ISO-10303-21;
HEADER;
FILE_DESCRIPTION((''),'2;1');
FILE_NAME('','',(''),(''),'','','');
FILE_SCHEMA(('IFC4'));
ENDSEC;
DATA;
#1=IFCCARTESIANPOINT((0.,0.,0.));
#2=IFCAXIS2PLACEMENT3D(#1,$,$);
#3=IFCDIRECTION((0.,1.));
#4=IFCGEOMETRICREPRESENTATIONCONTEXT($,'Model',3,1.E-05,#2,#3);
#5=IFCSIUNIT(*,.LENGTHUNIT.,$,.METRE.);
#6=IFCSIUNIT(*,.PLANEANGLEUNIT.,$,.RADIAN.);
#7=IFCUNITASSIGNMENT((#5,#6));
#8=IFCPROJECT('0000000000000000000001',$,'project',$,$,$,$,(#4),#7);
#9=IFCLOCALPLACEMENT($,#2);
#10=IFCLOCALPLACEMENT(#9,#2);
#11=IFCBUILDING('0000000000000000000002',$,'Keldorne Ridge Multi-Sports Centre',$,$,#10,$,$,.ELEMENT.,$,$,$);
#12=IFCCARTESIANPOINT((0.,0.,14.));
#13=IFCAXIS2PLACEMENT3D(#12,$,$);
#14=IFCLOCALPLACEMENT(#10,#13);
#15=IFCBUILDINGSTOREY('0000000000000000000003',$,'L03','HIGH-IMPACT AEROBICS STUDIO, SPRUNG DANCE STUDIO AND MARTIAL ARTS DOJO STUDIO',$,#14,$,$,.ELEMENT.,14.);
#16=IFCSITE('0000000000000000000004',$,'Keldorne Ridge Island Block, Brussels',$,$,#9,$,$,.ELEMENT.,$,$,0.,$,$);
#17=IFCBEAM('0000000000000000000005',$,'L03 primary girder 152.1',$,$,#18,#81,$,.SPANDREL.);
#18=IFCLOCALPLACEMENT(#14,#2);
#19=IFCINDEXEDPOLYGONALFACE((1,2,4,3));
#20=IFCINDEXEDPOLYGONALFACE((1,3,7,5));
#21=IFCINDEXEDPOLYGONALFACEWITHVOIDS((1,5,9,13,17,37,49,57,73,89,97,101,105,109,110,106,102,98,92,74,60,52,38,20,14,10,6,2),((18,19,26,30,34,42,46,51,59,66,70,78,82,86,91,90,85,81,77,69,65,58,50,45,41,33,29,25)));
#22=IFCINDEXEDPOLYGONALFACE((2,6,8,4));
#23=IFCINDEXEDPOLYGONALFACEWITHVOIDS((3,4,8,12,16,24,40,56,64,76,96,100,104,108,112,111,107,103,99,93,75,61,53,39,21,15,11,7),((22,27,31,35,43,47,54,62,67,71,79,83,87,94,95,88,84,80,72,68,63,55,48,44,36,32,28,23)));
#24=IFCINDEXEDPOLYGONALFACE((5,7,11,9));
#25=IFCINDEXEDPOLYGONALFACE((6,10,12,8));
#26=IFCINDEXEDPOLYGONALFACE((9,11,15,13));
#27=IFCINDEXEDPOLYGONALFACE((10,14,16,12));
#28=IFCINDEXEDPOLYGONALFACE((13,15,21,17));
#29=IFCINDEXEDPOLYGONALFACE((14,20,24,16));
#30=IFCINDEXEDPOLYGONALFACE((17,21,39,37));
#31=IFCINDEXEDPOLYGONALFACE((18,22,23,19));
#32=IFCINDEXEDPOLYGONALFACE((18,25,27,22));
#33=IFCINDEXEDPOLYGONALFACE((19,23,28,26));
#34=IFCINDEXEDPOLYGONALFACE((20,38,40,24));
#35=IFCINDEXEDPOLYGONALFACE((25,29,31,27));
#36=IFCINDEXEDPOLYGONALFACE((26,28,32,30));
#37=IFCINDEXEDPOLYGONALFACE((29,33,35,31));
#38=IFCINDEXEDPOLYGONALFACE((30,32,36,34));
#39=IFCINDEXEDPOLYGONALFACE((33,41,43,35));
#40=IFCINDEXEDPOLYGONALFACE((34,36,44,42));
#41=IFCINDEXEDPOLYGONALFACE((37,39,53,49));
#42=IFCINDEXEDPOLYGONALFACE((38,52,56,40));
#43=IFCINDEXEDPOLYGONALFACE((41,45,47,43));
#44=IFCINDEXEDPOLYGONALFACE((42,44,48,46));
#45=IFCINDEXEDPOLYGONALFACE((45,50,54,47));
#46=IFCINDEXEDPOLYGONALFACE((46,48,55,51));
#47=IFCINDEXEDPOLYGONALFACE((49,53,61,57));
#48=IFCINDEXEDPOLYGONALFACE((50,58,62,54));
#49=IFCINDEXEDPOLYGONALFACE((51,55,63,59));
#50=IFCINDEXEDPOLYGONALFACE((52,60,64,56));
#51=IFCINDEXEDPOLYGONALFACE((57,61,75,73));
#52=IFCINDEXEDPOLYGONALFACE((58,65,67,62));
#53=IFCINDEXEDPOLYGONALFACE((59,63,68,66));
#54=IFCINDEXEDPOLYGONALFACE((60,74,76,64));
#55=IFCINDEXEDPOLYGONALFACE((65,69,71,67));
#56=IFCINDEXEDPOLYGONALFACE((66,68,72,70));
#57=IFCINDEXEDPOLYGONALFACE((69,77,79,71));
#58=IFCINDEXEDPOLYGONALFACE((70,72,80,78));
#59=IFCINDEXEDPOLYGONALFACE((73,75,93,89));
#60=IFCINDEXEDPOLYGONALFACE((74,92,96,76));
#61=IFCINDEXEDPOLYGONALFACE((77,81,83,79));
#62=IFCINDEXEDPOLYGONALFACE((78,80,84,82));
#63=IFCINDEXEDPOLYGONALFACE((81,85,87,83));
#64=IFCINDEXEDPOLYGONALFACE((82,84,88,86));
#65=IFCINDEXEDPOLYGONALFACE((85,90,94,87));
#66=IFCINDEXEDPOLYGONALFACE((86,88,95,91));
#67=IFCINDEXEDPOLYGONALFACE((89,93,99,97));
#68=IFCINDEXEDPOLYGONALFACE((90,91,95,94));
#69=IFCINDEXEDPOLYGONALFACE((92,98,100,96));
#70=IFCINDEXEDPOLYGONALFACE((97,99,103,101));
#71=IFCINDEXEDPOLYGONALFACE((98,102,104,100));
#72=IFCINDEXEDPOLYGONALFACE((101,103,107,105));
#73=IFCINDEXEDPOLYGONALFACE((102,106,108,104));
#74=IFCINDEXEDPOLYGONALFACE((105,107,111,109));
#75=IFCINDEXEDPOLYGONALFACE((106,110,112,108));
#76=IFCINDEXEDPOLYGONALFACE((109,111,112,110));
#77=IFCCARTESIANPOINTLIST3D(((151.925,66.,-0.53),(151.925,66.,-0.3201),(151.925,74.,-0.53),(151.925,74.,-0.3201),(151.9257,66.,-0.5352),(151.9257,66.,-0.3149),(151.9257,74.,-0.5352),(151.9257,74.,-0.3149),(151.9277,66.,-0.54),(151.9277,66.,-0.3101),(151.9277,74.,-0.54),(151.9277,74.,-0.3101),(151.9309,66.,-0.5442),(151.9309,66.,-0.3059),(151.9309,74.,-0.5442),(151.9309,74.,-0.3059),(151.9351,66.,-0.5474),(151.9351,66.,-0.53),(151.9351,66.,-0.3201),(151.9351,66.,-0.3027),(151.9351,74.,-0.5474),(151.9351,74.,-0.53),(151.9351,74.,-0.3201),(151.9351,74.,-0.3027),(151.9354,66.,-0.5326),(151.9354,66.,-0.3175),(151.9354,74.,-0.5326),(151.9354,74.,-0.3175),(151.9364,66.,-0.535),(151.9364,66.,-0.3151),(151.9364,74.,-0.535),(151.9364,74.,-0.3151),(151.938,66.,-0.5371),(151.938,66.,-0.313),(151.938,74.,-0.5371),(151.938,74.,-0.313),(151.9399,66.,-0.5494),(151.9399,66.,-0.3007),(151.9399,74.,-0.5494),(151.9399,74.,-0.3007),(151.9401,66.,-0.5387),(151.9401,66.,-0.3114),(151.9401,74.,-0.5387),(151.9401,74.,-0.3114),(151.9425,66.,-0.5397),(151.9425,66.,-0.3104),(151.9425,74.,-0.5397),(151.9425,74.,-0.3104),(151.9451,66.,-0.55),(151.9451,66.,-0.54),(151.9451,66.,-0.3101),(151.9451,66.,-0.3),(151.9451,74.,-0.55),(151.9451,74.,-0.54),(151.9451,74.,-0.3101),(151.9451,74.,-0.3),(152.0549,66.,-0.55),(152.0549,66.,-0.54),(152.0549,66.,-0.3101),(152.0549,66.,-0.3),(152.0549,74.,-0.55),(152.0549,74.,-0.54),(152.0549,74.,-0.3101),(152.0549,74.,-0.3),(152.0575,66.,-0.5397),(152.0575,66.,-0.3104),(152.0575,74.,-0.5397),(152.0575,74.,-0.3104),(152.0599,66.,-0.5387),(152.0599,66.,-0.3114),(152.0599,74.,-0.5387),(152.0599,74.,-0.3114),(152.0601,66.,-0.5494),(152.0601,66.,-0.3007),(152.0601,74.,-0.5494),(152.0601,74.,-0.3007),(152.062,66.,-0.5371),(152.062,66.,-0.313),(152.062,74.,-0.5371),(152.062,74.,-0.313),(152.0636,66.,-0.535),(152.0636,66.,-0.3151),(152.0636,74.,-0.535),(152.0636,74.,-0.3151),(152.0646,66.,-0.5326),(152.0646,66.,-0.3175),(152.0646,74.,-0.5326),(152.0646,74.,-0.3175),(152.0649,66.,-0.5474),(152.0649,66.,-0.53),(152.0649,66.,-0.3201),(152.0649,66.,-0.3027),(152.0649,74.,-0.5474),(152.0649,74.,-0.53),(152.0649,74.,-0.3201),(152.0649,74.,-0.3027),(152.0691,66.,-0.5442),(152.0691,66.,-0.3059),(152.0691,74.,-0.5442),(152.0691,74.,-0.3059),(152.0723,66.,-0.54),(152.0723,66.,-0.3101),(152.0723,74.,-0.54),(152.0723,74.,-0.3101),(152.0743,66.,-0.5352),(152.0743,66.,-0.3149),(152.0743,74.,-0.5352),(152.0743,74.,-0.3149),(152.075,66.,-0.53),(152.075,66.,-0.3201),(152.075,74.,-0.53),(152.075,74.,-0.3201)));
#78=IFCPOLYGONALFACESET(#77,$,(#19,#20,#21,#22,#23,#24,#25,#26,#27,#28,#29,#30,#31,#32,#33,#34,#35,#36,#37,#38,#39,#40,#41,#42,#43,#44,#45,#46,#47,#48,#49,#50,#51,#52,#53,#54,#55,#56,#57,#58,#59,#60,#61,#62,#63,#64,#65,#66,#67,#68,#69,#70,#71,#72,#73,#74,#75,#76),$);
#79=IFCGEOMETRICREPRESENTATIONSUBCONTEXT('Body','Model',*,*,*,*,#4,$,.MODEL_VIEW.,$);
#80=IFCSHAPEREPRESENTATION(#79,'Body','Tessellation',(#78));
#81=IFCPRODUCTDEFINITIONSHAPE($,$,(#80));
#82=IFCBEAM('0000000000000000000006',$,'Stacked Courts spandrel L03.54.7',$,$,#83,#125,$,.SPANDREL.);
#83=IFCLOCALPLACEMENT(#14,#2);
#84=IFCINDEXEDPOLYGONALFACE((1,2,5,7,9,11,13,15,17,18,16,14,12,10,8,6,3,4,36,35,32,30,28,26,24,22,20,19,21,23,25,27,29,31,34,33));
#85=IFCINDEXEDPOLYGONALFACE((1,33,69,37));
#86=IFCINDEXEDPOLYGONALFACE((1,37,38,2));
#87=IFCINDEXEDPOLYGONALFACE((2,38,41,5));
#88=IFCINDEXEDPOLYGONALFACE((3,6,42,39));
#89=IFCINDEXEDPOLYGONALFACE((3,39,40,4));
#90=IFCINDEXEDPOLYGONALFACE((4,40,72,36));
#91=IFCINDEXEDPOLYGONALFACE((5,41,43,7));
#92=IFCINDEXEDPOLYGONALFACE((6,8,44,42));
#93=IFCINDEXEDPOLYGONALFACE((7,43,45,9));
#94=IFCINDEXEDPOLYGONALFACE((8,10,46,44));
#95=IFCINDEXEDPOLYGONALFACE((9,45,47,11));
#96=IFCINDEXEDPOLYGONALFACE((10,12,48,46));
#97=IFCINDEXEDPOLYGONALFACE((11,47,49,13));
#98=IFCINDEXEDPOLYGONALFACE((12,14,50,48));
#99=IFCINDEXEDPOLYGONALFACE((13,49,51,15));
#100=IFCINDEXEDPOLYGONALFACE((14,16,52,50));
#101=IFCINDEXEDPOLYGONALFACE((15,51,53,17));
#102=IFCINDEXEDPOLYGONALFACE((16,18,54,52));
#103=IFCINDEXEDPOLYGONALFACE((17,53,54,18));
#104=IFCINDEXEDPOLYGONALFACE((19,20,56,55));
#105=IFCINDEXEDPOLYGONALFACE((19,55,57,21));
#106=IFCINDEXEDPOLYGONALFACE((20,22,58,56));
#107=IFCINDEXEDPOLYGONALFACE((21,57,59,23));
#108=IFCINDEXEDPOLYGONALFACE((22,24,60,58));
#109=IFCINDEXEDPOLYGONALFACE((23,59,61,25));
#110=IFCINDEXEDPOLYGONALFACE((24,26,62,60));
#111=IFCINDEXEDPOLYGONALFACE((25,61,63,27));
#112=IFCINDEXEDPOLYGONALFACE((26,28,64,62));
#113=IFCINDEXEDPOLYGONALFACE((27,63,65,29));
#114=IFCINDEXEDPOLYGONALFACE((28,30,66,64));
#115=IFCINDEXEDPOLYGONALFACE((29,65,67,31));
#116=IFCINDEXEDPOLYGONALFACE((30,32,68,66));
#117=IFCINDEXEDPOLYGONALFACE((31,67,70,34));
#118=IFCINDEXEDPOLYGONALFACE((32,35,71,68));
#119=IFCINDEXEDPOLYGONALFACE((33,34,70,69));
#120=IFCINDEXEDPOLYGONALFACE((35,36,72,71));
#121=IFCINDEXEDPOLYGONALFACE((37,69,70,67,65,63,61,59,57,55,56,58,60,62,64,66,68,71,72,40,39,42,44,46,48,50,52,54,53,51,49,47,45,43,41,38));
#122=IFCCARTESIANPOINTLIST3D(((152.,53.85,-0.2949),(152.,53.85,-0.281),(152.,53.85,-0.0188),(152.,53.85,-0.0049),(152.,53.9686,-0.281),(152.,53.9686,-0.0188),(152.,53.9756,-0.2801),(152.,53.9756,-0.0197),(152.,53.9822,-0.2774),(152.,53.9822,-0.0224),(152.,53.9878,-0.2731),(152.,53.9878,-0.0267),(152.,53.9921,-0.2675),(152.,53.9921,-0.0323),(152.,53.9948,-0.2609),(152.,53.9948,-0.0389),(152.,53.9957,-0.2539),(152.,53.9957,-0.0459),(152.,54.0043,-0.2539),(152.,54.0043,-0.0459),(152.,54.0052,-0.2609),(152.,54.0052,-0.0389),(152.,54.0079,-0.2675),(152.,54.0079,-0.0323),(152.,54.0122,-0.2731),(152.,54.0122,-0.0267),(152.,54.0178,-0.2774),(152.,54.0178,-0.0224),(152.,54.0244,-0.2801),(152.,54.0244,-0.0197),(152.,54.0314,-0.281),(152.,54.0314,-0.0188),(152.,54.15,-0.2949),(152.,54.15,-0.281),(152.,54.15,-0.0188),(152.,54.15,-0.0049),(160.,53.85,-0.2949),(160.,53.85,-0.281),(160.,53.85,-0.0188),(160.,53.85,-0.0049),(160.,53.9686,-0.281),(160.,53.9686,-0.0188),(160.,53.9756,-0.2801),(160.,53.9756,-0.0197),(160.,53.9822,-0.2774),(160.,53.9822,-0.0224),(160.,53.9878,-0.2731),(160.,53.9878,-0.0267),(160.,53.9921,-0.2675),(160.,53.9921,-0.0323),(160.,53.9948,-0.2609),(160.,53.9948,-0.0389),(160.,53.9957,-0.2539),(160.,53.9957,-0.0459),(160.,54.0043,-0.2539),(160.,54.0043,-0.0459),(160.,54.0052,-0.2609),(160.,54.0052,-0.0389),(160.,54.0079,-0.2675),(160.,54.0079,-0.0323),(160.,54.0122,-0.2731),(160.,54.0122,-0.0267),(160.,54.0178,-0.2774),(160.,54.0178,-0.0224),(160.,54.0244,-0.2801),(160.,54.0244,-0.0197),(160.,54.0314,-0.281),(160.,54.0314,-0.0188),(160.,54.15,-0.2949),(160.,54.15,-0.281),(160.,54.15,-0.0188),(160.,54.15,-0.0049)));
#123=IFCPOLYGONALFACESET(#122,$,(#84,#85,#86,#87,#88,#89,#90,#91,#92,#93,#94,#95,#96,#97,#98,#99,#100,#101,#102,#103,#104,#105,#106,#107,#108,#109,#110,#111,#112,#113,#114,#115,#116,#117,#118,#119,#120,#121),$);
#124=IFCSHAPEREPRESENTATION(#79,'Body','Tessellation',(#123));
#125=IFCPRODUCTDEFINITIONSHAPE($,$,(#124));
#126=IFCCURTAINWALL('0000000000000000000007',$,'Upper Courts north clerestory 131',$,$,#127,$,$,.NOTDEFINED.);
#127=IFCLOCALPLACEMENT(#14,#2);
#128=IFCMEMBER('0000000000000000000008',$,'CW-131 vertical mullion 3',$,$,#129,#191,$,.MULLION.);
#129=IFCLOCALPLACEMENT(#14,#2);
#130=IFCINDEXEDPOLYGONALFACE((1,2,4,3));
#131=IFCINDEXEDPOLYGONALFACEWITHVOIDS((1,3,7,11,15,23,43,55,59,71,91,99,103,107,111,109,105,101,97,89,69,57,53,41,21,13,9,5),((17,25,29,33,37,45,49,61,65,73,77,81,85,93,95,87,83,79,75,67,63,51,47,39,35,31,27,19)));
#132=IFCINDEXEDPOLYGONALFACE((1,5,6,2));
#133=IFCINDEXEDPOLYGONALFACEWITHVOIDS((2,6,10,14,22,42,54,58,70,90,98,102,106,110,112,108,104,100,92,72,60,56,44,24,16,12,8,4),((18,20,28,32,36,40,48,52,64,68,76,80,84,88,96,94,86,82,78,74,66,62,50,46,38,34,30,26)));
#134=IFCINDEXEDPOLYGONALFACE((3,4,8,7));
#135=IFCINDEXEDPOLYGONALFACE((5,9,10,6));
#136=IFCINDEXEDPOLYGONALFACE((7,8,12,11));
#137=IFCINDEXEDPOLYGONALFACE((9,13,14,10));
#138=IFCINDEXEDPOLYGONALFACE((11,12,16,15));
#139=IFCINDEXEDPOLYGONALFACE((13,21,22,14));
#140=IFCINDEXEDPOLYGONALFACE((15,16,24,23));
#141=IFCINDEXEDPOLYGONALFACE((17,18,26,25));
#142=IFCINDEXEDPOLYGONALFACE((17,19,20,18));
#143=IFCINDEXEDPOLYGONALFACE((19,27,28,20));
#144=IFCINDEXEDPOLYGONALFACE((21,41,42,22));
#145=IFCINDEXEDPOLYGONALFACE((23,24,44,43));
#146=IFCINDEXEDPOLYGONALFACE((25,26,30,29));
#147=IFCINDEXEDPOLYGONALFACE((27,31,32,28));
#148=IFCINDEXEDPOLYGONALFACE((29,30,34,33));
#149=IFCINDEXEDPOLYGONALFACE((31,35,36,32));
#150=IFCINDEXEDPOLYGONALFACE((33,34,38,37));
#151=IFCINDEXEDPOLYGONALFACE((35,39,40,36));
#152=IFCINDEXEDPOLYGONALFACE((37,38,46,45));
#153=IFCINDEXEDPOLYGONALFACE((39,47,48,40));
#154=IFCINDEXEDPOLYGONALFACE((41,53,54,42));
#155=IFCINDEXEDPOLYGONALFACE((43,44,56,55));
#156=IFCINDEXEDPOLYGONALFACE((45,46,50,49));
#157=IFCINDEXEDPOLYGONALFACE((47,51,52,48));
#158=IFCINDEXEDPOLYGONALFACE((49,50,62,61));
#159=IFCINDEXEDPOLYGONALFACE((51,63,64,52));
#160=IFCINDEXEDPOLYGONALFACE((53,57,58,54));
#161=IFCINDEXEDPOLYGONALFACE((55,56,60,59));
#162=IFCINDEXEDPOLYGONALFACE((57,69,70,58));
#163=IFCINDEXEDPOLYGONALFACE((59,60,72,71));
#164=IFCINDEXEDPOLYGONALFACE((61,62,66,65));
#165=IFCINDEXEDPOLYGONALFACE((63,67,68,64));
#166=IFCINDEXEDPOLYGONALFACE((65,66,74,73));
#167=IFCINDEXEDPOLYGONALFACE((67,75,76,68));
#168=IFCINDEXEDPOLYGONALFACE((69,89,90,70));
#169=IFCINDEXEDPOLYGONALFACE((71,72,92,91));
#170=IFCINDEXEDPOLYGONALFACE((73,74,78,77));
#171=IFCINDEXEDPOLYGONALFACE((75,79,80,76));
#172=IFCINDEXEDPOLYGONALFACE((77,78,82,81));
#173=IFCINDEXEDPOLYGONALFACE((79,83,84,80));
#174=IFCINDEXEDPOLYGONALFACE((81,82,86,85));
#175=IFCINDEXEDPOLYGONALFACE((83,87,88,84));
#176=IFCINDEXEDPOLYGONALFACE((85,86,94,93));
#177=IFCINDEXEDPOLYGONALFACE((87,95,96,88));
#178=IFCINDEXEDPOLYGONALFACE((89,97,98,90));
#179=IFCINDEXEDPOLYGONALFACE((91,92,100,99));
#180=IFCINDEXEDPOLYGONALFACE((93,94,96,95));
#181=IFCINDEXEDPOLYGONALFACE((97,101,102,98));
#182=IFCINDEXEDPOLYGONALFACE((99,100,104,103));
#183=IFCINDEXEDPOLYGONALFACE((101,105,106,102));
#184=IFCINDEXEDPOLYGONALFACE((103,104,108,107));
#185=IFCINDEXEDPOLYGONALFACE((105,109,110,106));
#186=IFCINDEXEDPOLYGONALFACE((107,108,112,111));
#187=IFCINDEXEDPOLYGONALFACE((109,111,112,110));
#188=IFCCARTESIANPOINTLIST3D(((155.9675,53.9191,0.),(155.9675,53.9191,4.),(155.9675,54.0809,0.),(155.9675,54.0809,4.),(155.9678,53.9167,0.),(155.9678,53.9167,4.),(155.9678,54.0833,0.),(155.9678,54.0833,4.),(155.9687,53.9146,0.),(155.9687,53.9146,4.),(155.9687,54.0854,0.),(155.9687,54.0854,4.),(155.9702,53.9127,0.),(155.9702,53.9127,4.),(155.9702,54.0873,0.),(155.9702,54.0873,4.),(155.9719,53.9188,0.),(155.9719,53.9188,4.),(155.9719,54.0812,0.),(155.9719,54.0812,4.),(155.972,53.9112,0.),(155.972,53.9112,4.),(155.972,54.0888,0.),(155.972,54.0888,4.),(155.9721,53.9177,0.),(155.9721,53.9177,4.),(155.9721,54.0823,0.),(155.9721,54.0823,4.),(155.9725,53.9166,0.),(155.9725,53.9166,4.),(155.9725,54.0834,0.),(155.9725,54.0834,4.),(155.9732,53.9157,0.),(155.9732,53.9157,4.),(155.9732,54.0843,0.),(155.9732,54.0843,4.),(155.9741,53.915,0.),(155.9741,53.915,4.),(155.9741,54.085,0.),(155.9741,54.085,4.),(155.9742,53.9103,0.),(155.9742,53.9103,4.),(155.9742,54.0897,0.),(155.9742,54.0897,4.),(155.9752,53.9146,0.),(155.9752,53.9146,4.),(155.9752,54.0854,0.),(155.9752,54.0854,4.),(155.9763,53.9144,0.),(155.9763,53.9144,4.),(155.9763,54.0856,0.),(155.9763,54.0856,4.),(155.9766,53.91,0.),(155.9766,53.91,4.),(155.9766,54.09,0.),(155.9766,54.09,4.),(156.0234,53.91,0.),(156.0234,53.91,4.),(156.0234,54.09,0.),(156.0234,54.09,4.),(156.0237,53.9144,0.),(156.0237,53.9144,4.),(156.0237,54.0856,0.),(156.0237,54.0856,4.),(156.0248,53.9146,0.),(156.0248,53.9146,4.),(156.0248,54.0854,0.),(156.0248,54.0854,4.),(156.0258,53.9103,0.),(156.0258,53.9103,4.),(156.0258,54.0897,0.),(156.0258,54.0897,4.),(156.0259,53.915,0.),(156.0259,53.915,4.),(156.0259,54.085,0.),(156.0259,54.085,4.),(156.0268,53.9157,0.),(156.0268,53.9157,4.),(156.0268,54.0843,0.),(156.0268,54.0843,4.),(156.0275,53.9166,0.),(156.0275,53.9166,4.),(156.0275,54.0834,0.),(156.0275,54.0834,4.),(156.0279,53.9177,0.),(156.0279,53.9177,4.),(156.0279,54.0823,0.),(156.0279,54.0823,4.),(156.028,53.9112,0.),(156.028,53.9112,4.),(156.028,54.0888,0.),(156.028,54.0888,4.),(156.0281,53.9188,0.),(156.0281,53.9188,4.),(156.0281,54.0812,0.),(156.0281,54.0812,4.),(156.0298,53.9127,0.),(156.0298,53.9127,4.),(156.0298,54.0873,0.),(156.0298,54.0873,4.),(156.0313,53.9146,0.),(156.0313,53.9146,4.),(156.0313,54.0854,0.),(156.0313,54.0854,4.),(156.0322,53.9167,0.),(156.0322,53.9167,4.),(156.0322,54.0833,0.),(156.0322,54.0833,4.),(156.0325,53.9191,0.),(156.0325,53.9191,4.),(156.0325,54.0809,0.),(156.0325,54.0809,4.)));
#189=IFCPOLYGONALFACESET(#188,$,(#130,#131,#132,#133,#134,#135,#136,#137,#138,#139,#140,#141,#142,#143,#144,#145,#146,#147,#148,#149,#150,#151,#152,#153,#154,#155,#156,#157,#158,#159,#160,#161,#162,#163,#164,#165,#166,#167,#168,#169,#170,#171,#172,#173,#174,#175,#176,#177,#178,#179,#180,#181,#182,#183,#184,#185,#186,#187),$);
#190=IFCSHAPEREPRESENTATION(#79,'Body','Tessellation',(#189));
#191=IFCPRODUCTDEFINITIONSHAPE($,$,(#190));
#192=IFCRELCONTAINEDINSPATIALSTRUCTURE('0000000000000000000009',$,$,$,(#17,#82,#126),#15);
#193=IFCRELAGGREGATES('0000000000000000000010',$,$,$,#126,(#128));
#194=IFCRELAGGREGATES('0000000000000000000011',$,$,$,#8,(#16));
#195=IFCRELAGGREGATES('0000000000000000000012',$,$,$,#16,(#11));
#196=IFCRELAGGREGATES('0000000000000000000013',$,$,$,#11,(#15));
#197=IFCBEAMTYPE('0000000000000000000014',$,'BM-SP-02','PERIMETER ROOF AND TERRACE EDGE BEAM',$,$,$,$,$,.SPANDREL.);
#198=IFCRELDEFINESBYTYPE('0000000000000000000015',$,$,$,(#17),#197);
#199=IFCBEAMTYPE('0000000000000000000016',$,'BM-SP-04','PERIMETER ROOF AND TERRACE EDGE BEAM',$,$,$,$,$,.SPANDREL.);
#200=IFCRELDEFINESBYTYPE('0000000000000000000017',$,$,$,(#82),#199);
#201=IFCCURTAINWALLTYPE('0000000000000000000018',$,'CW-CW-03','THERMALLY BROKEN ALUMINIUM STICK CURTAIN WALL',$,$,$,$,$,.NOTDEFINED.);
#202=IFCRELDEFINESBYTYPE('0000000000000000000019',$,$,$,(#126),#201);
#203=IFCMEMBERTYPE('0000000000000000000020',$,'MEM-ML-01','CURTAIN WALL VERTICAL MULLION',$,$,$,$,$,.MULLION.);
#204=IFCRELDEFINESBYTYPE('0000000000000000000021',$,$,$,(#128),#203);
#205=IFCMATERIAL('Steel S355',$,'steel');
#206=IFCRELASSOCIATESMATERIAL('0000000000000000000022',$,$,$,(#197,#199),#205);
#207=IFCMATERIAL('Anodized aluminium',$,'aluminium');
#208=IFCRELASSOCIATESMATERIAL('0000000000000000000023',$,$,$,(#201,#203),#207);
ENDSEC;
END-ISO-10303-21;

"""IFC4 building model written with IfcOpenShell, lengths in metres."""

from ifc_helpers import new_model, si_unit, direction, frame, origin, origin_2d, place, context, subcontext, project, spatial, hollow_rectangle, i_section, extrude, material, material_profile, profile_set, type_object, element, aggregate, save


model = new_model("IFC4")

# Units and contexts
model_context = context("Model", 3, precision=1e-05, world=origin(), true_north=direction((0.0, 1.0)))
body_context = subcontext(model_context, "Body", "Model", "MODEL_VIEW")
ifc_project = project(units=[si_unit("LENGTHUNIT", "METRE"), si_unit("PLANEANGLEUNIT", "RADIAN")], contexts=[model_context])

# Site, building, storey
site_placement = place(None, origin())
site = spatial("IfcSite", under=ifc_project, at=site_placement, Name="Keldorne Ridge Island Block, Brussels", CompositionType="ELEMENT", RefElevation=0.0)
building_placement = place(site_placement, origin())
building = spatial("IfcBuilding", under=site, at=building_placement, Name="Keldorne Ridge Multi-Sports Centre", CompositionType="ELEMENT")
storey_placement = place(building_placement, frame((0.0, 0.0, 14.0)))
storey = spatial("IfcBuildingStorey", under=building, at=storey_placement, Name="L03", Description="HIGH-IMPACT AEROBICS STUDIO, SPRUNG DANCE STUDIO AND MARTIAL ARTS DOJO STUDIO", CompositionType="ELEMENT", Elevation=14.0)

# Shared definitions
ifc_material_1 = material(Name="Steel S355", Category="steel")

# Beams
ifc_material_profile_1 = material_profile(ifc_material_1, hollow_rectangle(XDim=0.1499, YDim=0.25, WallThickness=0.01, InnerFilletRadius=0.01, OuterFilletRadius=0.02, at=origin_2d()), Name="RHS 250x150x10")
ifc_profile_set_1 = profile_set([ifc_material_profile_1], Name="Steel S355")
beam_type_1 = type_object("IfcBeamType", Name="BM-SP-02", Description="PERIMETER ROOF AND TERRACE EDGE BEAM", PredefinedType="SPANDREL", material=ifc_profile_set_1)
beam_1_placement = place(storey_placement, frame((152.0, 66.0, -0.425), z_axis=(0.0, 1.0, 0.0), x_axis=(-1.0, 0.0, 0.0)))
element("IfcBeam", 1, at=beam_1_placement, inside=storey, type_object=beam_type_1, Name="L03 primary girder 152.1", PredefinedType="SPANDREL", context=body_context, shape_type="SweptSolid", body=[
    extrude(hollow_rectangle(XDim=0.1499, YDim=0.25, WallThickness=0.01, InnerFilletRadius=0.01, OuterFilletRadius=0.02, at=origin_2d()), origin(), (0.0, 0.0, 1.0), 8.0),
])
ifc_material_profile_2 = material_profile(ifc_material_1, i_section(OverallWidth=0.3, OverallDepth=0.29, WebThickness=0.0085, FlangeThickness=0.0139, FilletRadius=0.0271, at=origin_2d()), Name="HEA 300")
ifc_profile_set_2 = profile_set([ifc_material_profile_2], Name="Steel S355")
beam_type_2 = type_object("IfcBeamType", Name="BM-SP-04", Description="PERIMETER ROOF AND TERRACE EDGE BEAM", PredefinedType="SPANDREL", material=ifc_profile_set_2)
beam_2_placement = place(storey_placement, frame((152.0, 54.0, -0.1499), z_axis=(1.0, 0.0, 0.0), x_axis=(0.0, 1.0, 0.0)))
element("IfcBeam", 2, at=beam_2_placement, inside=storey, type_object=beam_type_2, Name="Stacked Courts spandrel L03.54.7", PredefinedType="SPANDREL", context=body_context, shape_type="SweptSolid", body=[
    extrude(i_section(OverallWidth=0.3, OverallDepth=0.29, WebThickness=0.0085, FlangeThickness=0.0139, FilletRadius=0.0271, at=origin_2d()), origin(), (0.0, 0.0, 1.0), 8.0),
])

# Curtain wall, member
ifc_material_2 = material(Name="Anodized aluminium", Category="aluminium")
curtain_wall_type_1 = type_object("IfcCurtainWallType", Name="CW-CW-03", Description="THERMALLY BROKEN ALUMINIUM STICK CURTAIN WALL", PredefinedType="NOTDEFINED", material=ifc_material_2)
curtain_wall_1_placement = place(storey_placement, origin())
curtain_wall_1 = element("IfcCurtainWall", 3, at=curtain_wall_1_placement, inside=storey, type_object=curtain_wall_type_1, Name="Upper Courts north clerestory 131", PredefinedType="NOTDEFINED")
ifc_material_profile_3 = material_profile(ifc_material_2, hollow_rectangle(XDim=0.0649, YDim=0.1799, WallThickness=0.0044, InnerFilletRadius=0.0044, OuterFilletRadius=0.009, at=origin_2d()), Name="ALU MULLION 180x65x4.5")
ifc_profile_set_3 = profile_set([ifc_material_profile_3], Name="Anodized aluminium")
member_type_1 = type_object("IfcMemberType", Name="MEM-ML-01", Description="CURTAIN WALL VERTICAL MULLION", PredefinedType="MULLION", material=ifc_profile_set_3)
member_1_placement = place(storey_placement, frame((156.0, 54.0, 0.0), z_axis=(0.0, 0.0, 1.0), x_axis=(1.0, 0.0, 0.0)))
member_1 = element("IfcMember", 4, at=member_1_placement, type_object=member_type_1, Name="CW-131 vertical mullion 3", PredefinedType="MULLION", context=body_context, shape_type="SweptSolid", body=[
    extrude(hollow_rectangle(XDim=0.0649, YDim=0.1799, WallThickness=0.0044, InnerFilletRadius=0.0044, OuterFilletRadius=0.009, at=origin_2d()), origin(), (0.0, 0.0, 1.0), 4.0),
])

aggregate(curtain_wall_1, [member_1])

save(model, "model.ifc")
